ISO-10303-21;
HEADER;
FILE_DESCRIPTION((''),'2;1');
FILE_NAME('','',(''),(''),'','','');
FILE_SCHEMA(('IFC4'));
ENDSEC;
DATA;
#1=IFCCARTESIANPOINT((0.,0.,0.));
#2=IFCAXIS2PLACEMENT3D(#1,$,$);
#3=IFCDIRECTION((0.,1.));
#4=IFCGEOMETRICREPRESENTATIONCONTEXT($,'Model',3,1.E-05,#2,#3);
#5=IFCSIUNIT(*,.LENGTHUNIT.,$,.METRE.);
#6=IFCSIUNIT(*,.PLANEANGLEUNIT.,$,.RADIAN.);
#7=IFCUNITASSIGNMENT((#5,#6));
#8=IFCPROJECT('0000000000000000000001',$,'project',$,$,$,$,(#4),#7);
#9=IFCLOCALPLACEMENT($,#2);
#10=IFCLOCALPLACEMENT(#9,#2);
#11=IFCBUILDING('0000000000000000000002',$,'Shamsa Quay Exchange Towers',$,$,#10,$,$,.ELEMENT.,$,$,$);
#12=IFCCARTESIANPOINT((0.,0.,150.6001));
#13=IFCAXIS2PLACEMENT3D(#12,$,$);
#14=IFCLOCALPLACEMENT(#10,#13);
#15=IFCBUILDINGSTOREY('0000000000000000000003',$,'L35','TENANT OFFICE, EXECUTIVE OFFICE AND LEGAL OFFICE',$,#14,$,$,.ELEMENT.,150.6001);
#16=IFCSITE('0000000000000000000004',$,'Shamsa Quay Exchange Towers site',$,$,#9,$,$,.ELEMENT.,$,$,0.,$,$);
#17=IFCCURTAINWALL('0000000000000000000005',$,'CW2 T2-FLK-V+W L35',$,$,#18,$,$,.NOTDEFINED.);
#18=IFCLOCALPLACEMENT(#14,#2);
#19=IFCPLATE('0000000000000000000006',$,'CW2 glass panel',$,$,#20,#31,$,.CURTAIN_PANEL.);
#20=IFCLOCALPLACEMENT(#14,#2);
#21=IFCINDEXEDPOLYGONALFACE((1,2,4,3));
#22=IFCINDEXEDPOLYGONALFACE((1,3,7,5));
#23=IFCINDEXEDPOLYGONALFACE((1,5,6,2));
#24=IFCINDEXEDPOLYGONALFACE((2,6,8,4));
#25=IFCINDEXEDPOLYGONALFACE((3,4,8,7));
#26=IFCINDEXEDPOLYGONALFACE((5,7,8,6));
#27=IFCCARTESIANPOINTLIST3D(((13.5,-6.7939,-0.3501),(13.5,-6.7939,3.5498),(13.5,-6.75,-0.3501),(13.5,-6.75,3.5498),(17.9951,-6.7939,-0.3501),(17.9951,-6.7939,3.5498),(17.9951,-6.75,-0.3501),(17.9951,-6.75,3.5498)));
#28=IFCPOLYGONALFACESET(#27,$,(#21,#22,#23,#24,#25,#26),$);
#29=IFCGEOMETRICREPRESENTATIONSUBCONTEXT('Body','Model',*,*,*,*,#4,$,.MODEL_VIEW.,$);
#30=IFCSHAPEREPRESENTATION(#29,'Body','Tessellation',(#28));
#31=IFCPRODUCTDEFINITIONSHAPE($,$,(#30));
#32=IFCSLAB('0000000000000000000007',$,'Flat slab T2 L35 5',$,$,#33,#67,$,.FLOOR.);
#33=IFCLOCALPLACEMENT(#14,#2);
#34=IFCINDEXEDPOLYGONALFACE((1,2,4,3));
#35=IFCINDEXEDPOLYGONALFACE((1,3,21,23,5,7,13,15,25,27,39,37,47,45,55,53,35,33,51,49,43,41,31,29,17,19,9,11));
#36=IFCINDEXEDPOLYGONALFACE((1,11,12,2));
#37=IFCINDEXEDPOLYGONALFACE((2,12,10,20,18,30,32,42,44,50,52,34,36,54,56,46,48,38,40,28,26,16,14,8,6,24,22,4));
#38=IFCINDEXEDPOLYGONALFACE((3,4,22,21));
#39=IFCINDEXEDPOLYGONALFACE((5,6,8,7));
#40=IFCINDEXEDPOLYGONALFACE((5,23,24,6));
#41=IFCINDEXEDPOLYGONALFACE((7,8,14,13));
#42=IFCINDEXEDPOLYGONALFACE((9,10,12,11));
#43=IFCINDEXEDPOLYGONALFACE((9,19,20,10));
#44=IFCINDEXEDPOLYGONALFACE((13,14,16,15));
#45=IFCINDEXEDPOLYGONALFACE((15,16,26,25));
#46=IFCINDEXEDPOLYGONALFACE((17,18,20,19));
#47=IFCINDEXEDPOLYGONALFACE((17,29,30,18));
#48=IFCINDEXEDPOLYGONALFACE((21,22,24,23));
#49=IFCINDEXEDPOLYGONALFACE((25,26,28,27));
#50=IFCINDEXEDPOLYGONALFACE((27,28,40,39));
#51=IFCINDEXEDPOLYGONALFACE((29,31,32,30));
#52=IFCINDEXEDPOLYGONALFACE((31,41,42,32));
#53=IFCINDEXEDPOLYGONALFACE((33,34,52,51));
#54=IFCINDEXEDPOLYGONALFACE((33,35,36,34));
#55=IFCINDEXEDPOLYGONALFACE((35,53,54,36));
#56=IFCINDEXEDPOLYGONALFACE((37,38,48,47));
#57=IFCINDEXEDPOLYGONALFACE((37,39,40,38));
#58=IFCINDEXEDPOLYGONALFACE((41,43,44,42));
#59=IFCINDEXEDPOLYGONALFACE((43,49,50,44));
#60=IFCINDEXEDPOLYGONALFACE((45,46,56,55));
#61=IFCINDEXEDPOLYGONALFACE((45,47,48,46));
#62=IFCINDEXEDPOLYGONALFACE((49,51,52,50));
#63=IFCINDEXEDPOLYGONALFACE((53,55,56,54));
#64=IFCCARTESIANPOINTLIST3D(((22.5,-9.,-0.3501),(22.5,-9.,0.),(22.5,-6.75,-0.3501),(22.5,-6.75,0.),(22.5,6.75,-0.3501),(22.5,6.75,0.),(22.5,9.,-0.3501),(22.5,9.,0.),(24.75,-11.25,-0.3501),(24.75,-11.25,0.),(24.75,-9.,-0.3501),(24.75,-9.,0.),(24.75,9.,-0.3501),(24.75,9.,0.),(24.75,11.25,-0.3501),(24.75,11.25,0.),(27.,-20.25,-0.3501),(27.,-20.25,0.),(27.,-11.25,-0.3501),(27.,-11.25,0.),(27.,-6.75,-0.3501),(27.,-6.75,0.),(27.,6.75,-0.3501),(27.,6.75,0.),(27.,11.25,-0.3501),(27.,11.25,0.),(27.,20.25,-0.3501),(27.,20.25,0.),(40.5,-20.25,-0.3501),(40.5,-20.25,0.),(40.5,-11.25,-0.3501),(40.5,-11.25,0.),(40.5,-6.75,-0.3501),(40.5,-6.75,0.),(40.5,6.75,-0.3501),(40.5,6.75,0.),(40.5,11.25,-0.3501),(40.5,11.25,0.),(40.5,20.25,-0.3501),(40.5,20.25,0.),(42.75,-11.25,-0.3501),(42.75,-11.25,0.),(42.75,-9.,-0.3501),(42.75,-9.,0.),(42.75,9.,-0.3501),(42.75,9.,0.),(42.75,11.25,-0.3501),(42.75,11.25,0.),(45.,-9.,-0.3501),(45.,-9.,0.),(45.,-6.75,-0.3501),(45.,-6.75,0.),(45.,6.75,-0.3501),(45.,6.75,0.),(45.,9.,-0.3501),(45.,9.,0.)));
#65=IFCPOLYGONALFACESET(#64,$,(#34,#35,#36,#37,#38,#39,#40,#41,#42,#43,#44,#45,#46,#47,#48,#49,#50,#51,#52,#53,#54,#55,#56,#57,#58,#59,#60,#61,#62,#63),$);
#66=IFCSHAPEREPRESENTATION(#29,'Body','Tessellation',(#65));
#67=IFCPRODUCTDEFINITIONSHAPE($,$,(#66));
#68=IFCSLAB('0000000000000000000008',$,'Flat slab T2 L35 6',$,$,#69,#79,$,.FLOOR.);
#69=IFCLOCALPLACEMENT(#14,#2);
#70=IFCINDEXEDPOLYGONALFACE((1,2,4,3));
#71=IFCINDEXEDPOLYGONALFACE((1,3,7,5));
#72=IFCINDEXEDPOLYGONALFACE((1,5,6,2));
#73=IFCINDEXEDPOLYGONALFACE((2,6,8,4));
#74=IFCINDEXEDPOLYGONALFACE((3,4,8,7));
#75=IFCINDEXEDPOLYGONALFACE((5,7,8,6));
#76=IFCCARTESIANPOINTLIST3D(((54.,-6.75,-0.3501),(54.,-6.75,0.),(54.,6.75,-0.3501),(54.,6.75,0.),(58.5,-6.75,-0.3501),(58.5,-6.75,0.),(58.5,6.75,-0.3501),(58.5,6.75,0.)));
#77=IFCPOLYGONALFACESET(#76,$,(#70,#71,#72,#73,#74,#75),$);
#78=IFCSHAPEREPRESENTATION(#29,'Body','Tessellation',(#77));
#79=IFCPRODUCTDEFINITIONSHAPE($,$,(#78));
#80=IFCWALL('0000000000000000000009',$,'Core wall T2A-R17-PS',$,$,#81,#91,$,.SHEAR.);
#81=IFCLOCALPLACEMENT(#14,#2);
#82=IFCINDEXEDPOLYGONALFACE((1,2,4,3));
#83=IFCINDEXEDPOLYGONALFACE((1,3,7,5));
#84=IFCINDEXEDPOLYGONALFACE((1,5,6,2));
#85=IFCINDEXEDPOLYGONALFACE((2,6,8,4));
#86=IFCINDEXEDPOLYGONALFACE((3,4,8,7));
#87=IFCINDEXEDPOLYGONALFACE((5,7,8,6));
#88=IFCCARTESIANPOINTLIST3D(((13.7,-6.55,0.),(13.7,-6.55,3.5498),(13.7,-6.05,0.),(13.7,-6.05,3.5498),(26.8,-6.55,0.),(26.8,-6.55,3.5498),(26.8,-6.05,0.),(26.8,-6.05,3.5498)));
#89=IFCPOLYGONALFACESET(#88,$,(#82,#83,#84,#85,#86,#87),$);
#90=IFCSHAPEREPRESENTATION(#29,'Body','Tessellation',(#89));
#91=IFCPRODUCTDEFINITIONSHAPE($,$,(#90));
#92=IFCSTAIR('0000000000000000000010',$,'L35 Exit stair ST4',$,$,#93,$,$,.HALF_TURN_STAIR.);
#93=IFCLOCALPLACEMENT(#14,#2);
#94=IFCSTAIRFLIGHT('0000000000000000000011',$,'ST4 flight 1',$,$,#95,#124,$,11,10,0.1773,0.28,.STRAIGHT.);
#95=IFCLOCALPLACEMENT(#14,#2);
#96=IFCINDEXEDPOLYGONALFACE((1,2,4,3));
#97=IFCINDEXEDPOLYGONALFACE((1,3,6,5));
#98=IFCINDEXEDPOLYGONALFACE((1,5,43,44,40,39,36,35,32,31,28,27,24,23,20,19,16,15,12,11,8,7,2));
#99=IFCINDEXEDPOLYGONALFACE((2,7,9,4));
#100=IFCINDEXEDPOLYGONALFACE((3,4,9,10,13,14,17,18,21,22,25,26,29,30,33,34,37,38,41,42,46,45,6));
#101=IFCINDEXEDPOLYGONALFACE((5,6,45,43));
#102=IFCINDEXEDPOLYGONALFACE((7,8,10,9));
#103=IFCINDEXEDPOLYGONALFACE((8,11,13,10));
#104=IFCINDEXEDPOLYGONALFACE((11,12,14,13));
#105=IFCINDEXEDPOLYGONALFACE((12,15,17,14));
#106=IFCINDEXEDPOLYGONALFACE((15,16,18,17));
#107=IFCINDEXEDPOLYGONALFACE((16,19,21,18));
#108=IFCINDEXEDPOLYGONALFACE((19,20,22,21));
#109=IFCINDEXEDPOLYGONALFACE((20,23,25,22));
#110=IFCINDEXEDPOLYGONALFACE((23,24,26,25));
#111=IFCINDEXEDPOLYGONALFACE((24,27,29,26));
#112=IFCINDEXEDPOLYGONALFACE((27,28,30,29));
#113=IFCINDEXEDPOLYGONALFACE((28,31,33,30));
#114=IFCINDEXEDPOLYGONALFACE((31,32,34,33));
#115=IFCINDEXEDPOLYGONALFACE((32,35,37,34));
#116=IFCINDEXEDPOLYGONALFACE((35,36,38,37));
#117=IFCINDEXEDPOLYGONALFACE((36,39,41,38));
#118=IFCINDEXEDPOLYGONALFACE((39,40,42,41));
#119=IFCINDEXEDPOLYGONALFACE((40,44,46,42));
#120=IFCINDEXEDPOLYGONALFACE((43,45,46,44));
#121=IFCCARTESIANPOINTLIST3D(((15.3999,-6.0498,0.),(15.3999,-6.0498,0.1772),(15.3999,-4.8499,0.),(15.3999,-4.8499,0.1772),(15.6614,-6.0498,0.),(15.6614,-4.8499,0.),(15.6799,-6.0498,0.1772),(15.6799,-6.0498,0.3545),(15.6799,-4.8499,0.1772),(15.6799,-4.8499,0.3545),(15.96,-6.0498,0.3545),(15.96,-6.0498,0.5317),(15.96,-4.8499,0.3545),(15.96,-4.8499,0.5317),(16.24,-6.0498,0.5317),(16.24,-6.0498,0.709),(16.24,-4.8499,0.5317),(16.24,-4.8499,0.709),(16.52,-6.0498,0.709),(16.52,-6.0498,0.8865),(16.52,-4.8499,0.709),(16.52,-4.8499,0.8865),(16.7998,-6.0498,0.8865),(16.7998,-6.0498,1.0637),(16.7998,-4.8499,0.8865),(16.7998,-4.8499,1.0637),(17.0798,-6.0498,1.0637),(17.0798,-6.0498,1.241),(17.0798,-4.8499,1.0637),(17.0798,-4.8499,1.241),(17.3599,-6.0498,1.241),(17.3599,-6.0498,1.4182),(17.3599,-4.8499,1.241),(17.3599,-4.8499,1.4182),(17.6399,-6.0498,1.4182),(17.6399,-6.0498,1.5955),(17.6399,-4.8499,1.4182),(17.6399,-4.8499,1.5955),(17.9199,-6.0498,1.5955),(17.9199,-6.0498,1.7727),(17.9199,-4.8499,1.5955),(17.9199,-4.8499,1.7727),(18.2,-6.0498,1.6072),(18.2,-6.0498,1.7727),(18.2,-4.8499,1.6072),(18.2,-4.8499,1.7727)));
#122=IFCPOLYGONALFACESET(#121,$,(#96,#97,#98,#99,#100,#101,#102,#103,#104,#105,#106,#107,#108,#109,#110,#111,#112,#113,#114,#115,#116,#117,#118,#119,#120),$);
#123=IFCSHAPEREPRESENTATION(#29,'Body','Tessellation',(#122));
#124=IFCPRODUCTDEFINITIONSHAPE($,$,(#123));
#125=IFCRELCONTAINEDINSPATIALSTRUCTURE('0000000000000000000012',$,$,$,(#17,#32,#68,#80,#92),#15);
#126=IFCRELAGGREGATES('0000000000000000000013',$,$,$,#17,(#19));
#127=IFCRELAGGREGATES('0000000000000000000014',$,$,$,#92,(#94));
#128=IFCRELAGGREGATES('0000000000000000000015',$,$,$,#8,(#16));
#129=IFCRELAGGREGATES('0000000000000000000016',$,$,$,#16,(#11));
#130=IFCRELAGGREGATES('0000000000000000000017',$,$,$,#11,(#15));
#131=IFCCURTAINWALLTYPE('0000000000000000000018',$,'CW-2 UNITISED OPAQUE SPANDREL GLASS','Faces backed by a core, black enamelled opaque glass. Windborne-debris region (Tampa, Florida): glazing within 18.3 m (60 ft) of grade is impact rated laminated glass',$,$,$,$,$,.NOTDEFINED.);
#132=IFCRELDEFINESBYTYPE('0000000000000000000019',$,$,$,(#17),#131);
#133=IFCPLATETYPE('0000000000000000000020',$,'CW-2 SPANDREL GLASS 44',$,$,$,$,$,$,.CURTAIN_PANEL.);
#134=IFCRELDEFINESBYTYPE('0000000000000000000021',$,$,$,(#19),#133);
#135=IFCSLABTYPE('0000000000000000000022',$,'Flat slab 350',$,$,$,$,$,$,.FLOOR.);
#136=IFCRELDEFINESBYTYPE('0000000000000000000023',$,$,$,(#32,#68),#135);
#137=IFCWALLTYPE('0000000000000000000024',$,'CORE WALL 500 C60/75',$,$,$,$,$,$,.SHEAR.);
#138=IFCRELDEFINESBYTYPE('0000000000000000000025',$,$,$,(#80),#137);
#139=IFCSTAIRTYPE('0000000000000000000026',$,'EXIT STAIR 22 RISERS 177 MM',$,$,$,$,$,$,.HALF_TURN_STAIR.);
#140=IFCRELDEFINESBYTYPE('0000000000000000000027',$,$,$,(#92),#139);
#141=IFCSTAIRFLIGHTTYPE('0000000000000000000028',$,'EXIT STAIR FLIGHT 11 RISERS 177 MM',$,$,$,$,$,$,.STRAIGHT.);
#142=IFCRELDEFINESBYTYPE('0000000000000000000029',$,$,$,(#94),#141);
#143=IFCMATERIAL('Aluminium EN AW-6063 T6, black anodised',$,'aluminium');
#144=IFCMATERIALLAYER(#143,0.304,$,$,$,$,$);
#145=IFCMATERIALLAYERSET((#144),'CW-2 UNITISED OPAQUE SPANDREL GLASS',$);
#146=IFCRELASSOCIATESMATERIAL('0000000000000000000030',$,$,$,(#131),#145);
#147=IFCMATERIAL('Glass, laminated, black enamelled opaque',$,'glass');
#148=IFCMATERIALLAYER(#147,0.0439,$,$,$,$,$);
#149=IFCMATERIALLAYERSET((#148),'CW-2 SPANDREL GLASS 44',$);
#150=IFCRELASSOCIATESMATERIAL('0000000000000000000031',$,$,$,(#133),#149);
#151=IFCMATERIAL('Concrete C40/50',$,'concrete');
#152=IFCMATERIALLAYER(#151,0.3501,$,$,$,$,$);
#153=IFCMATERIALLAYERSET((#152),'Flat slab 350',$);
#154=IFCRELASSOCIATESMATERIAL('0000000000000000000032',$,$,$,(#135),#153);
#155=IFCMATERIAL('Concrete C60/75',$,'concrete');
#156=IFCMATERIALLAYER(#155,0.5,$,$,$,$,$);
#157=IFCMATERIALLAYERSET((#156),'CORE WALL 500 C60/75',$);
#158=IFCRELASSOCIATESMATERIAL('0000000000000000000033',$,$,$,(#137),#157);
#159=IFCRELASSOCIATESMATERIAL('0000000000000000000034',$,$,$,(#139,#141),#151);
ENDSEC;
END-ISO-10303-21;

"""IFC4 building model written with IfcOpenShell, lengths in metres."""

from ifc_helpers import new_model, si_unit, direction, frame, frame_2d, origin, origin_2d, place, context, subcontext, project, spatial, polyline, rectangle, outline, extrude, material, layer, layer_set, type_object, element, aggregate, save


model = new_model("IFC4")

# Units and contexts
model_context = context("Model", 3, precision=1e-05, world=origin(), true_north=direction((0.0, 1.0)))
body_context = subcontext(model_context, "Body", "Model", "MODEL_VIEW")
ifc_project = project(units=[si_unit("LENGTHUNIT", "METRE"), si_unit("PLANEANGLEUNIT", "RADIAN")], contexts=[model_context])

# Site, building, storey
site_placement = place(None, origin())
site = spatial("IfcSite", under=ifc_project, at=site_placement, Name="Shamsa Quay Exchange Towers site", CompositionType="ELEMENT", RefElevation=0.0)
building_placement = place(site_placement, origin())
building = spatial("IfcBuilding", under=site, at=building_placement, Name="Shamsa Quay Exchange Towers", CompositionType="ELEMENT")
storey_placement = place(building_placement, frame((0.0, 0.0, 150.6001)))
storey = spatial("IfcBuildingStorey", under=building, at=storey_placement, Name="L35", Description="TENANT OFFICE, EXECUTIVE OFFICE AND LEGAL OFFICE", CompositionType="ELEMENT", Elevation=150.6001)

# Shared definitions
ifc_material_1 = material(Name="Aluminium EN AW-6063 T6, black anodised", Category="aluminium")

# Curtain wall, plate
ifc_layer_1 = layer(ifc_material_1, 0.304)
ifc_layer_set_1 = layer_set([ifc_layer_1], Name="CW-2 UNITISED OPAQUE SPANDREL GLASS")
curtain_wall_type_1 = type_object("IfcCurtainWallType", Name="CW-2 UNITISED OPAQUE SPANDREL GLASS", Description="Faces backed by a core, black enamelled opaque glass. Windborne-debris region (Tampa, Florida): glazing within 18.3 m (60 ft) of grade is impact rated laminated glass", PredefinedType="NOTDEFINED", material=ifc_layer_set_1)
curtain_wall_1_placement = place(storey_placement, origin())
curtain_wall_1 = element("IfcCurtainWall", 1, at=curtain_wall_1_placement, inside=storey, type_object=curtain_wall_type_1, Name="CW2 T2-FLK-V+W L35", PredefinedType="NOTDEFINED")
ifc_material_2 = material(Name="Glass, laminated, black enamelled opaque", Category="glass")
ifc_layer_2 = layer(ifc_material_2, 0.0439)
ifc_layer_set_2 = layer_set([ifc_layer_2], Name="CW-2 SPANDREL GLASS 44")
plate_type_1 = type_object("IfcPlateType", Name="CW-2 SPANDREL GLASS 44", PredefinedType="CURTAIN_PANEL", material=ifc_layer_set_2)
plate_1_placement = place(storey_placement, frame((15.7476, -6.772, -0.3501)))
plate_1 = element("IfcPlate", 2, at=plate_1_placement, type_object=plate_type_1, Name="CW2 glass panel", PredefinedType="CURTAIN_PANEL", context=body_context, shape_type="SweptSolid", body=[
    extrude(rectangle(XDim=4.4951, YDim=0.0439, at=origin_2d()), origin(), (0.0, 0.0, 1.0), 3.8999),
])
aggregate(curtain_wall_1, [plate_1])

# Slabs
ifc_material_3 = material(Name="Concrete C40/50", Category="concrete")
ifc_layer_3 = layer(ifc_material_3, 0.3501)
ifc_layer_set_3 = layer_set([ifc_layer_3], Name="Flat slab 350")
slab_type_1 = type_object("IfcSlabType", Name="Flat slab 350", PredefinedType="FLOOR", material=ifc_layer_set_3)
slab_1_placement = place(storey_placement, frame((0.0, 0.0, -0.3501)))
element("IfcSlab", 3, at=slab_1_placement, inside=storey, type_object=slab_type_1, Name="Flat slab T2 L35 5", PredefinedType="FLOOR", context=body_context, shape_type="SweptSolid", body=[
    extrude(outline(polyline([(45.0, -9.0), (45.0, -6.75), (40.5, -6.75), (40.5, 6.75), (45.0, 6.75), (45.0, 9.0), (42.75, 9.0), (42.75, 11.25), (40.5, 11.25), (40.5, 20.25), (27.0, 20.25), (27.0, 11.25), (24.75, 11.25), (24.75, 9.0), (22.5, 9.0), (22.5, 6.75), (27.0, 6.75), (27.0, -6.75), (22.5, -6.75), (22.5, -9.0), (24.75, -9.0), (24.75, -11.25), (27.0, -11.25), (27.0, -20.25), (40.5, -20.25), (40.5, -11.25), (42.75, -11.25), (42.75, -9.0), (45.0, -9.0)])), origin(), (0.0, 0.0, 1.0), 0.3501),
])
slab_2_placement = place(storey_placement, frame((0.0, 0.0, -0.3501)))
element("IfcSlab", 4, at=slab_2_placement, inside=storey, type_object=slab_type_1, Name="Flat slab T2 L35 6", PredefinedType="FLOOR", context=body_context, shape_type="SweptSolid", body=[
    extrude(outline(polyline([(58.5, 6.75), (54.0, 6.75), (54.0, -6.75), (58.5, -6.75), (58.5, 6.75)])), origin(), (0.0, 0.0, 1.0), 0.3501),
])

# Wall
ifc_material_4 = material(Name="Concrete C60/75", Category="concrete")
ifc_layer_4 = layer(ifc_material_4, 0.5)
ifc_layer_set_4 = layer_set([ifc_layer_4], Name="CORE WALL 500 C60/75")
wall_type = type_object("IfcWallType", Name="CORE WALL 500 C60/75", PredefinedType="SHEAR", material=ifc_layer_set_4)
wall_placement = place(storey_placement, frame((13.7, -6.3, 0.0)))
element("IfcWall", 5, at=wall_placement, inside=storey, type_object=wall_type, Name="Core wall T2A-R17-PS", PredefinedType="SHEAR", context=body_context, shape_type="SweptSolid", body=[
    extrude(rectangle(XDim=13.1001, YDim=0.5, at=frame_2d((6.55, 0.0))), origin(), (0.0, 0.0, 1.0), 3.5498),
])

# Stair, stair flight
stair_type = type_object("IfcStairType", Name="EXIT STAIR 22 RISERS 177 MM", PredefinedType="HALF_TURN_STAIR", material=ifc_material_3)
stair_placement = place(storey_placement, origin())
stair = element("IfcStair", 6, at=stair_placement, inside=storey, type_object=stair_type, Name="L35 Exit stair ST4", PredefinedType="HALF_TURN_STAIR")
stair_flight_type = type_object("IfcStairFlightType", Name="EXIT STAIR FLIGHT 11 RISERS 177 MM", PredefinedType="STRAIGHT", material=ifc_material_3)
stair_flight_placement = place(storey_placement, frame((15.3999, -5.45, 0.0)))
stair_flight = element("IfcStairFlight", 7, at=stair_flight_placement, type_object=stair_flight_type, Name="ST4 flight 1", NumberOfRisers=11, NumberOfTreads=10, PredefinedType="STRAIGHT", RiserHeight=0.1773, TreadLength=0.28, context=body_context, shape_type="SweptSolid", body=[
    extrude(outline(polyline([(0.0, 0.0), (0.0, 0.1772), (0.28, 0.1772), (0.28, 0.3545), (0.5601, 0.3545), (0.5601, 0.5317), (0.8401, 0.5317), (0.8401, 0.709), (1.1201, 0.709), (1.1201, 0.8865), (1.3999, 0.8865), (1.3999, 1.0637), (1.6799, 1.0637), (1.6799, 1.241), (1.96, 1.241), (1.96, 1.4182), (2.24, 1.4182), (2.24, 1.5955), (2.52, 1.5955), (2.52, 1.7727), (2.8, 1.7727), (2.8, 1.95), (2.8, 1.6072), (0.2615, 0.0), (0.0, 0.0)])), frame((0.0, 0.6001, 0.0), z_axis=(0.0, -1.0, 0.0), x_axis=(1.0, 0.0, 0.0)), (0.0, 0.0, 1.0), 1.2),
])
aggregate(stair, [stair_flight])

save(model, "model.ifc")
